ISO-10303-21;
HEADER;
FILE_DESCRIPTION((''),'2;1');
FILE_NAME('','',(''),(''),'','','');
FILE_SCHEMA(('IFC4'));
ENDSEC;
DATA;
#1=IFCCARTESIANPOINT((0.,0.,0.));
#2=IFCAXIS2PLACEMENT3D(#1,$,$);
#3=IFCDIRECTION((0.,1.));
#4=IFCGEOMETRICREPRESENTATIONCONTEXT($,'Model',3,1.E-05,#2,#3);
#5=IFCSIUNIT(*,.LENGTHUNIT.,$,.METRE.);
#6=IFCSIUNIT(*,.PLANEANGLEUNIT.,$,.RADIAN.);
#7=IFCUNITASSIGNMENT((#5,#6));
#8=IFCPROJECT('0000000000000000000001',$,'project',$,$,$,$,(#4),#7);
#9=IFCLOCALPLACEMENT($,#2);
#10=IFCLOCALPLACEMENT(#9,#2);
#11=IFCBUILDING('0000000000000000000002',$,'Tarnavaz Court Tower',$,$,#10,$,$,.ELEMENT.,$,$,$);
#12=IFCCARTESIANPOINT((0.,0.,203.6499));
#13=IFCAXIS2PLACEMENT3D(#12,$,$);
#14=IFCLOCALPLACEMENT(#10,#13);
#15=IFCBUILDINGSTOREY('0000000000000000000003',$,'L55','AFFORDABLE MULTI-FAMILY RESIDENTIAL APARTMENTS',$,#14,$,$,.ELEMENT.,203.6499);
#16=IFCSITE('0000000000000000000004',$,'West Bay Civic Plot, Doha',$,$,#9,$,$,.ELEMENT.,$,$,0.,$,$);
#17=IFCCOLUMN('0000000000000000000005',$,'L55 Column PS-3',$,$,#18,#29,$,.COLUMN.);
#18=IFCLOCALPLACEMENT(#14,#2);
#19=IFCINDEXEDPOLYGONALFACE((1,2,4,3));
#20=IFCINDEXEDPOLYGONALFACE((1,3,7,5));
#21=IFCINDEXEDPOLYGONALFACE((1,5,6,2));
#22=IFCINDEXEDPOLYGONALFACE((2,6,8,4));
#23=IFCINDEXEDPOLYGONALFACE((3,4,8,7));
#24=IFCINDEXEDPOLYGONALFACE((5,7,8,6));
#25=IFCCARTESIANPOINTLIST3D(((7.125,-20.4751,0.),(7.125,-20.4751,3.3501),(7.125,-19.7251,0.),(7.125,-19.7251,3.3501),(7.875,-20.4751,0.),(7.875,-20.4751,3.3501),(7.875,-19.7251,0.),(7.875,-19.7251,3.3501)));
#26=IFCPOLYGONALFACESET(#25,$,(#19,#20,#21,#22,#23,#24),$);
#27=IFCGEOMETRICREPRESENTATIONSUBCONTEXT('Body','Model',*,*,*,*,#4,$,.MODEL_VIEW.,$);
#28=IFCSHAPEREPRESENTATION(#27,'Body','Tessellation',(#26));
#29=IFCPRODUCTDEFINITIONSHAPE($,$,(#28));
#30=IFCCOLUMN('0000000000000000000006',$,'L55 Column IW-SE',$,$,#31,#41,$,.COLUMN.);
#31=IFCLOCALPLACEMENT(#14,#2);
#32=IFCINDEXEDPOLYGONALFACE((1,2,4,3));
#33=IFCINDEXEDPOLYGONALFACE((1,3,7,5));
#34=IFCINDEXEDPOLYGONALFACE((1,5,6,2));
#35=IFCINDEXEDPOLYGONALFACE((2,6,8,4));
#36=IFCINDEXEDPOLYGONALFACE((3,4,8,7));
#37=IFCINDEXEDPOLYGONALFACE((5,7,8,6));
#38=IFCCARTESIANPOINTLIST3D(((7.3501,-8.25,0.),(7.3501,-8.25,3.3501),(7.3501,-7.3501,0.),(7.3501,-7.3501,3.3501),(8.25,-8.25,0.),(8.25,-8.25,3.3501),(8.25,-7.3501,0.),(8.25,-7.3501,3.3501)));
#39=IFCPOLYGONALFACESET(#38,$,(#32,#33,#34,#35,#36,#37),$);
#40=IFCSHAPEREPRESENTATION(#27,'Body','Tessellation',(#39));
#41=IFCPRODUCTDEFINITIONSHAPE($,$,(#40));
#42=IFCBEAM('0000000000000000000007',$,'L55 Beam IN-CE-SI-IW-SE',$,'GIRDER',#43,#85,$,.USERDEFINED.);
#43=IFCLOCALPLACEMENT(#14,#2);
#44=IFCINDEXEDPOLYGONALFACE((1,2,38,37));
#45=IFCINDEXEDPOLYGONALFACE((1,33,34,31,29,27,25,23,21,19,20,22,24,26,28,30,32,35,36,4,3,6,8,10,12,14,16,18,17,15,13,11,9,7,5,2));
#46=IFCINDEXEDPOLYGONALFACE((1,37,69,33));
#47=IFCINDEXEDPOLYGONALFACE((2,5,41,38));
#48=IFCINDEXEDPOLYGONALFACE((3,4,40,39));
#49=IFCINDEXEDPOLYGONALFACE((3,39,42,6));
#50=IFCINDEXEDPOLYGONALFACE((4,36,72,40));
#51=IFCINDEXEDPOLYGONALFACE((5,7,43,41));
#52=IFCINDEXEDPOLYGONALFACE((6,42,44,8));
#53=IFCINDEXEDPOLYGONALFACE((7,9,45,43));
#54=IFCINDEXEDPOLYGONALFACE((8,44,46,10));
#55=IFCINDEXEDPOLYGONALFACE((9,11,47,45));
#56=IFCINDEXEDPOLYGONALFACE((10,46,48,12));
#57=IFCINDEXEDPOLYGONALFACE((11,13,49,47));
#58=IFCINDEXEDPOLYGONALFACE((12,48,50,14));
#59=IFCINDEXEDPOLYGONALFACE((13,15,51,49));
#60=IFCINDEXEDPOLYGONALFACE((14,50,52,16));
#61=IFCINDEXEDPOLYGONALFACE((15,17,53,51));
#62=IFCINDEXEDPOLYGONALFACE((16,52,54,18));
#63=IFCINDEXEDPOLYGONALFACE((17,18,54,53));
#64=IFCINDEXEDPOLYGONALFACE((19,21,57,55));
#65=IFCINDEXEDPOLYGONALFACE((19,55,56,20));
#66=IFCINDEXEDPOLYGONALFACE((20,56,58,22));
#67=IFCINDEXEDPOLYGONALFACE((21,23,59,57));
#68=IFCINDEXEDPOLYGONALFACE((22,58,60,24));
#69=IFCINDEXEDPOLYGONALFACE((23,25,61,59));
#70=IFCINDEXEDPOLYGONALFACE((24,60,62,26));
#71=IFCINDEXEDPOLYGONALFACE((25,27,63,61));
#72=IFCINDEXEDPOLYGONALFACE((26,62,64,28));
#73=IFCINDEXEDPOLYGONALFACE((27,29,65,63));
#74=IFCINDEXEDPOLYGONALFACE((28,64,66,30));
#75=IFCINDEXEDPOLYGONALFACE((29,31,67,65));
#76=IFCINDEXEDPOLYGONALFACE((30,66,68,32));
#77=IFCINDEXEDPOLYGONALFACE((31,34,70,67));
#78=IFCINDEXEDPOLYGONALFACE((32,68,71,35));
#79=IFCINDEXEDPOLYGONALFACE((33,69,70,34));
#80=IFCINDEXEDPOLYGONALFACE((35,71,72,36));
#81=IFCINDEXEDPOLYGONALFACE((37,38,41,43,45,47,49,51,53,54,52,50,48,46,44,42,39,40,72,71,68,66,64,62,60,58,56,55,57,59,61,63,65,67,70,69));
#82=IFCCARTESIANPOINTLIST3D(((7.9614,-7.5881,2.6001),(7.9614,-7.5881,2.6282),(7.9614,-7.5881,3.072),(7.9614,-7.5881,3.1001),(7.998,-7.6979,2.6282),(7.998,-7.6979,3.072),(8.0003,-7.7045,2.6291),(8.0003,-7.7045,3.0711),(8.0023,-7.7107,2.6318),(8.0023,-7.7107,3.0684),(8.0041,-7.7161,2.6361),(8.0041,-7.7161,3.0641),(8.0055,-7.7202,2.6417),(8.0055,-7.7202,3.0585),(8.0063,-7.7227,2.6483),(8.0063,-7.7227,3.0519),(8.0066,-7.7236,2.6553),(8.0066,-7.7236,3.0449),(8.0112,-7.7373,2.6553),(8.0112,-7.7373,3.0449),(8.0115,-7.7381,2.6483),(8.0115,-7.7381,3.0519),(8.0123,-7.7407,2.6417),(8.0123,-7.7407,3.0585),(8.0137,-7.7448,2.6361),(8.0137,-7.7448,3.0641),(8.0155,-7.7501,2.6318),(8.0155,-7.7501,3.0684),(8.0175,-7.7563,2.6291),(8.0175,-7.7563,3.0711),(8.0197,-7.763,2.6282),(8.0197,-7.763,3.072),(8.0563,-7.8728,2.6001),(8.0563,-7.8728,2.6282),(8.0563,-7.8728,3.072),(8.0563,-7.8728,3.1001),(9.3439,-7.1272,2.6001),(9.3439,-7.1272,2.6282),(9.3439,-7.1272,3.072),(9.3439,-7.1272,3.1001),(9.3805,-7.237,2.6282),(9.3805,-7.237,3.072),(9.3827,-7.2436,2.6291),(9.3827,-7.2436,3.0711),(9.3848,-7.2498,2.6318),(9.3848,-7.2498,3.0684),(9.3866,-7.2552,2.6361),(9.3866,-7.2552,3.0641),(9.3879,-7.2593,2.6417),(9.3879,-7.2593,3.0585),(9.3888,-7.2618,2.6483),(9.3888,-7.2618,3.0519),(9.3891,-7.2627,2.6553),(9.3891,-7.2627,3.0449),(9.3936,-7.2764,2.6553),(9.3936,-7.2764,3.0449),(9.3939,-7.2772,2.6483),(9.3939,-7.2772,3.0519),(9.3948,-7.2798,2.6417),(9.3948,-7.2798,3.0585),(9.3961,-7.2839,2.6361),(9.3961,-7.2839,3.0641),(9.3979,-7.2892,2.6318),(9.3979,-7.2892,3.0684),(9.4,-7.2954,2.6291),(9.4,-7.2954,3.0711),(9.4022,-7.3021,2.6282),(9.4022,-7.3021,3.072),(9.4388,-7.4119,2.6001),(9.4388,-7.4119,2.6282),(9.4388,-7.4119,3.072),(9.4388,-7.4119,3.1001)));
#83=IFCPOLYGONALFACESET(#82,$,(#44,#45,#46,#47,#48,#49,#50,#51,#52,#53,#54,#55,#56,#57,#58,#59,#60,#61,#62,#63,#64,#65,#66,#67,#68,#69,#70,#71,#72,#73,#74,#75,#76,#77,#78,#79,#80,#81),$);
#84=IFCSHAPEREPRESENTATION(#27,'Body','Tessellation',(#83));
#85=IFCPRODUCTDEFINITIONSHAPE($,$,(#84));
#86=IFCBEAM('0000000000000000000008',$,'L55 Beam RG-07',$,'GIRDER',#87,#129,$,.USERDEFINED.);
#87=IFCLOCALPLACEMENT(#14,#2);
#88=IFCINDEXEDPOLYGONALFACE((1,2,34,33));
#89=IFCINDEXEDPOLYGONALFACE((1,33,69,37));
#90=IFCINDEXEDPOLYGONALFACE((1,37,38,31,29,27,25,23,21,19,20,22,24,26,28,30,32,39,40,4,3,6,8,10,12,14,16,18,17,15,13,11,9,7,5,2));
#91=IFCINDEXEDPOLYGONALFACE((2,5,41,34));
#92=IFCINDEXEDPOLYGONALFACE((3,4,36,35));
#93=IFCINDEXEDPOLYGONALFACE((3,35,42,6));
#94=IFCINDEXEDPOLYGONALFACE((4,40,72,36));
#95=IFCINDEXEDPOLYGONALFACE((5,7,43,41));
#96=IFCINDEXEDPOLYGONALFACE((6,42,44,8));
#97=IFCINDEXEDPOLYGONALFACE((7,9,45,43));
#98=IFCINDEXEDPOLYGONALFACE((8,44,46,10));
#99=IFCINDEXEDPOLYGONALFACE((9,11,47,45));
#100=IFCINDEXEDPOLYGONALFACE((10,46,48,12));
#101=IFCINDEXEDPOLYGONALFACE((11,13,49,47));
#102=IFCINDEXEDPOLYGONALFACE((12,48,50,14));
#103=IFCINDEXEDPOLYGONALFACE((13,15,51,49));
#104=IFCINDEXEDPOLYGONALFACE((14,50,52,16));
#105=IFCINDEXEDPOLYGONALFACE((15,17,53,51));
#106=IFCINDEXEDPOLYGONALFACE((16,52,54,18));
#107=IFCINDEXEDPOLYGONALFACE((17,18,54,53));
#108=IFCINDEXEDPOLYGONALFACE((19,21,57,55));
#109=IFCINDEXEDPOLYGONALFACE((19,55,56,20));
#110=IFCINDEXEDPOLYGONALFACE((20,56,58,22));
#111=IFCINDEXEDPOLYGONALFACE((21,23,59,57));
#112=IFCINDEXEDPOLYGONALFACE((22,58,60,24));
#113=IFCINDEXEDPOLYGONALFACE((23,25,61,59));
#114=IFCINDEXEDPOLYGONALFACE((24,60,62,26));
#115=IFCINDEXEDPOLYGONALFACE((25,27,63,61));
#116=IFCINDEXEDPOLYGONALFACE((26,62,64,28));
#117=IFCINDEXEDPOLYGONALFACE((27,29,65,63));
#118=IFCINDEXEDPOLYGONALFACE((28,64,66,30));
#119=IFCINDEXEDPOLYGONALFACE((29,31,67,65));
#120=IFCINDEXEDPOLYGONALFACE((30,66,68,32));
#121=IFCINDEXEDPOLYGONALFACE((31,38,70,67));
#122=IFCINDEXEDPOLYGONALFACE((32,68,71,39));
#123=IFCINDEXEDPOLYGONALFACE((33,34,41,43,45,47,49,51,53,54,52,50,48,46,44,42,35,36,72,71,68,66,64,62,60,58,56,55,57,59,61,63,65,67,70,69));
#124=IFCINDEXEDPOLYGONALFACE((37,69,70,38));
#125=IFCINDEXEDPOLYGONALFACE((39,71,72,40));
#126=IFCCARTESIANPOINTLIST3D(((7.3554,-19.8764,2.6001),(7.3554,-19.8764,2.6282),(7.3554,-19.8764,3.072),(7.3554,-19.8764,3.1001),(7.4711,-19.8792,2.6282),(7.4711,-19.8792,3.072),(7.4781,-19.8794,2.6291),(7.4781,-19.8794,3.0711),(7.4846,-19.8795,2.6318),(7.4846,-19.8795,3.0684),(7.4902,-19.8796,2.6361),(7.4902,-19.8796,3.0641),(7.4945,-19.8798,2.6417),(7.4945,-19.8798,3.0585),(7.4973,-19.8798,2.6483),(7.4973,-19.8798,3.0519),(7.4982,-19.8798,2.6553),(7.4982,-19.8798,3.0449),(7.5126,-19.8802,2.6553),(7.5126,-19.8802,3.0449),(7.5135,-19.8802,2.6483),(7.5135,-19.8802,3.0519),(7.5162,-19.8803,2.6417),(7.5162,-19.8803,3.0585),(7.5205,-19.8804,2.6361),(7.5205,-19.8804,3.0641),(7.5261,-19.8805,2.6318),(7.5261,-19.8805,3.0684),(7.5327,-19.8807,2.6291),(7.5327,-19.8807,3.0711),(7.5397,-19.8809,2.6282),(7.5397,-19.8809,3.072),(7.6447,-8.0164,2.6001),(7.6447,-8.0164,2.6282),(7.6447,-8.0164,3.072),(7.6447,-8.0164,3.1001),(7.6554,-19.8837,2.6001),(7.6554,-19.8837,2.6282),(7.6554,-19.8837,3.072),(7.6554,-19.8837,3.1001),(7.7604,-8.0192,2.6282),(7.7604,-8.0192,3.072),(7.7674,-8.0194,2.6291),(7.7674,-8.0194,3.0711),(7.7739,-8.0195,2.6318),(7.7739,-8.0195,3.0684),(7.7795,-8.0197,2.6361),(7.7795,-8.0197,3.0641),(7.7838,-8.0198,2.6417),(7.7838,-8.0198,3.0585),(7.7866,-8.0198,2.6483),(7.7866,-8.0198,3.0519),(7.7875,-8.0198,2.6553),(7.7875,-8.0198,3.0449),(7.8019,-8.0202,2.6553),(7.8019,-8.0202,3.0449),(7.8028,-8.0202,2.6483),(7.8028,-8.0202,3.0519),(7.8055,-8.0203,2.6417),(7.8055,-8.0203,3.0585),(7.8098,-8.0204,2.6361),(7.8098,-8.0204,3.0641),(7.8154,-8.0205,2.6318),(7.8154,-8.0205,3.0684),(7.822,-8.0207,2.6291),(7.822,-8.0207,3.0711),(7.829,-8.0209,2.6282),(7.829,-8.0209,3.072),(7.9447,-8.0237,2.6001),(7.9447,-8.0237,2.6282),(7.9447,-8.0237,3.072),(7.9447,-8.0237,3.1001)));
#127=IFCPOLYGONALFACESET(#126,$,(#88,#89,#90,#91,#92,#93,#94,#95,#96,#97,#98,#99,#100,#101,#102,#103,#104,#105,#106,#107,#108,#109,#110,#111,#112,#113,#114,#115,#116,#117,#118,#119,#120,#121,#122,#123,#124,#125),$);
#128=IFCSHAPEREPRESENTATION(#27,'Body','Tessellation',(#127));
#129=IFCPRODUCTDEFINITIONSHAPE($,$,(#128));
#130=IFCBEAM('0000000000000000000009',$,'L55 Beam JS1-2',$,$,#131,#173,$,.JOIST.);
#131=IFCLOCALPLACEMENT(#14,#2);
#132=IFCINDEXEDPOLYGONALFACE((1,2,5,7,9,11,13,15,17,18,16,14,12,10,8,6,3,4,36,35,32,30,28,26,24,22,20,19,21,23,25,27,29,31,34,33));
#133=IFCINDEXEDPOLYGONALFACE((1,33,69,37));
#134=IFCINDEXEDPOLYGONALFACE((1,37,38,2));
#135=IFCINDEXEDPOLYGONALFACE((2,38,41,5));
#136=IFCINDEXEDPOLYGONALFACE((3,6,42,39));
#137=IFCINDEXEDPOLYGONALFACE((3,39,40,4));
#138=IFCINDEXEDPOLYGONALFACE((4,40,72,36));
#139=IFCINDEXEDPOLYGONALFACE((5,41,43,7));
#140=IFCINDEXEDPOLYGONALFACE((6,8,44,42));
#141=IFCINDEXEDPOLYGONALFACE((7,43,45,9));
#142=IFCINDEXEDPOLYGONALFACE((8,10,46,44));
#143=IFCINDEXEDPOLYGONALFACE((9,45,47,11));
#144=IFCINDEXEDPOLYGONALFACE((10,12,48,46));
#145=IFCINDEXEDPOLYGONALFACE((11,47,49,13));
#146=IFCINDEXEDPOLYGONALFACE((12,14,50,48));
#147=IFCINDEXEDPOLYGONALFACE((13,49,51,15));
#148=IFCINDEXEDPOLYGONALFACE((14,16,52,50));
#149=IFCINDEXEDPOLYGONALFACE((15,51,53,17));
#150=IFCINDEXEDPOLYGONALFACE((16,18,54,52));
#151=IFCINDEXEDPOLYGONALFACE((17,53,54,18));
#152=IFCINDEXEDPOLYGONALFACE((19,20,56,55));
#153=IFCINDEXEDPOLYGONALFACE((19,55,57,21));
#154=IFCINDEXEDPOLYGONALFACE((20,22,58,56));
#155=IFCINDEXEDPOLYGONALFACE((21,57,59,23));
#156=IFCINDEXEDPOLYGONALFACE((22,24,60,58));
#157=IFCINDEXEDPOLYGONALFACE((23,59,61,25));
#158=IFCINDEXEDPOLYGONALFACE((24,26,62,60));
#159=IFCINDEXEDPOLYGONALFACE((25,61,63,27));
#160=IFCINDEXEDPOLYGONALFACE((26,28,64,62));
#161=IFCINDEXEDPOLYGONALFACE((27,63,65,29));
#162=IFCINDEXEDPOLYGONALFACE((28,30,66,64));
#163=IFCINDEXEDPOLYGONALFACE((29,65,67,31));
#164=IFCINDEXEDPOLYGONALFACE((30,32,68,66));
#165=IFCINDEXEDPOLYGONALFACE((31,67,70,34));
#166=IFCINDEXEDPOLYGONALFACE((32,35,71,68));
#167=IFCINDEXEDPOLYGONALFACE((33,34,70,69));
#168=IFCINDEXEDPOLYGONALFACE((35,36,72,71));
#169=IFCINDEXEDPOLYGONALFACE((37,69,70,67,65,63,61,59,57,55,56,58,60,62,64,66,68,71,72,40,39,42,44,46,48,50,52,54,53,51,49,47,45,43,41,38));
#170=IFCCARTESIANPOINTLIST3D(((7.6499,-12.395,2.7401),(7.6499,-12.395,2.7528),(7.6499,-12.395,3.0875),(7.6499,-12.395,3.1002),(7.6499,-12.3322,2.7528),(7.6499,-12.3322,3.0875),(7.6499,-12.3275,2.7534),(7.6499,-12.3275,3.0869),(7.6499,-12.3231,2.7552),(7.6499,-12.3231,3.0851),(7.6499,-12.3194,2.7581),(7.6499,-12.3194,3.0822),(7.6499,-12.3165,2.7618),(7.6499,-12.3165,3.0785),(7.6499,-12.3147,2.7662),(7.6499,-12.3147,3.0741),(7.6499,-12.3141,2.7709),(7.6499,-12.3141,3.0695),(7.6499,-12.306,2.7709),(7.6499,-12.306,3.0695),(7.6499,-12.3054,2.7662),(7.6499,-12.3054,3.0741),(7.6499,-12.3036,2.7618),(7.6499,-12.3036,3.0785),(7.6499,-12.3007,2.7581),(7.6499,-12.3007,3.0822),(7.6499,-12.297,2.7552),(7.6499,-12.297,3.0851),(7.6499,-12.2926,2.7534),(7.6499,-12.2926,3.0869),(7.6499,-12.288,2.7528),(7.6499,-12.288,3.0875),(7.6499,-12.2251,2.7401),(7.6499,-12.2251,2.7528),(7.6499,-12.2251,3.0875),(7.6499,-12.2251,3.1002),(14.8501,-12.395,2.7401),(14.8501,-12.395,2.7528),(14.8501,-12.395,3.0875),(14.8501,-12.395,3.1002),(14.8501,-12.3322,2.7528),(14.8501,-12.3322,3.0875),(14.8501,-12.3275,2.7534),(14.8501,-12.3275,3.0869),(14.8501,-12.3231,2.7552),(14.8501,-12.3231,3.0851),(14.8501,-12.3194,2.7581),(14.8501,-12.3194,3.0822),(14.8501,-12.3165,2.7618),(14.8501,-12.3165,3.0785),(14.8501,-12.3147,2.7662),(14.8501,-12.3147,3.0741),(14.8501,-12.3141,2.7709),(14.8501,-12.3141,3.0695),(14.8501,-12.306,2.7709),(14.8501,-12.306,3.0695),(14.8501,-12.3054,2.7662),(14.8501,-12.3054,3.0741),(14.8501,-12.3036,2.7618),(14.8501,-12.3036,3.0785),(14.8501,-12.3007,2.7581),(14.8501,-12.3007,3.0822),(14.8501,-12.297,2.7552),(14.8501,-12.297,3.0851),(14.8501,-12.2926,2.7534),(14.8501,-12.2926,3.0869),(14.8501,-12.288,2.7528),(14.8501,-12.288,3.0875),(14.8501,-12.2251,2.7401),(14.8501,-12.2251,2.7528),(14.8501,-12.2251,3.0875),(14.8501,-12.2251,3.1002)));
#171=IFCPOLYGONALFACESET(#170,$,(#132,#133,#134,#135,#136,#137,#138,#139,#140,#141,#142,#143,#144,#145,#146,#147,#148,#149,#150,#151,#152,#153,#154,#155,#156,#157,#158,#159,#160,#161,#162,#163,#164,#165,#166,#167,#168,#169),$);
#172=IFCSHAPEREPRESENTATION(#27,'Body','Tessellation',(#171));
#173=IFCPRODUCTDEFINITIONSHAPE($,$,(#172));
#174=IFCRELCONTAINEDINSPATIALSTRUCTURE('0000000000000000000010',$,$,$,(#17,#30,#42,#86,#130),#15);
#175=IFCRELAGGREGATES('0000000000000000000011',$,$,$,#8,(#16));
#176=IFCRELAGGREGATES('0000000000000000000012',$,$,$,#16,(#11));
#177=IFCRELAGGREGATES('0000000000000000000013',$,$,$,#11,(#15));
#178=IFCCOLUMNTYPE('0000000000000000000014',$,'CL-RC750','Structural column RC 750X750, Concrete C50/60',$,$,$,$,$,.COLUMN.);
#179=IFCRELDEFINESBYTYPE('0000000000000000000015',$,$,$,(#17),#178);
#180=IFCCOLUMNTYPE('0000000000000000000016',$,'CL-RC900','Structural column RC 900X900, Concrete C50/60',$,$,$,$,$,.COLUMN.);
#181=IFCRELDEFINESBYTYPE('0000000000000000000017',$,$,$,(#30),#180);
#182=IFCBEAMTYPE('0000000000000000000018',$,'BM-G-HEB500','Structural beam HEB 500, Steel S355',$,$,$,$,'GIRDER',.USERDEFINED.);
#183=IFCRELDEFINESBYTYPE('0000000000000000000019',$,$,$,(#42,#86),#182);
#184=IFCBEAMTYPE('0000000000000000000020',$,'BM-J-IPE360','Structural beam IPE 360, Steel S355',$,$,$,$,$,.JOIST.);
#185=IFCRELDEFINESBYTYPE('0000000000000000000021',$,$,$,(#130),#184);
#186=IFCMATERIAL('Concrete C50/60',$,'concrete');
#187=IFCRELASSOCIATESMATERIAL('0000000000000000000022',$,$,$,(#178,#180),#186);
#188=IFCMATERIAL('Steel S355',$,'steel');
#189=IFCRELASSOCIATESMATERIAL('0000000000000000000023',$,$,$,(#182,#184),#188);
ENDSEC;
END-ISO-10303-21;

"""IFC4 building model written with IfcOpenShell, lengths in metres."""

from ifc_helpers import new_model, si_unit, direction, frame, origin, origin_2d, place, context, subcontext, project, spatial, rectangle, i_section, extrude, material, material_profile, profile_set, type_object, element, save


model = new_model("IFC4")

# Units and contexts
model_context = context("Model", 3, precision=1e-05, world=origin(), true_north=direction((0.0, 1.0)))
body_context = subcontext(model_context, "Body", "Model", "MODEL_VIEW")
ifc_project = project(units=[si_unit("LENGTHUNIT", "METRE"), si_unit("PLANEANGLEUNIT", "RADIAN")], contexts=[model_context])

# Site, building, storey
site_placement = place(None, origin())
site = spatial("IfcSite", under=ifc_project, at=site_placement, Name="West Bay Civic Plot, Doha", CompositionType="ELEMENT", RefElevation=0.0)
building_placement = place(site_placement, origin())
building = spatial("IfcBuilding", under=site, at=building_placement, Name="Tarnavaz Court Tower", CompositionType="ELEMENT")
storey_placement = place(building_placement, frame((0.0, 0.0, 203.6499)))
storey = spatial("IfcBuildingStorey", under=building, at=storey_placement, Name="L55", Description="AFFORDABLE MULTI-FAMILY RESIDENTIAL APARTMENTS", CompositionType="ELEMENT", Elevation=203.6499)

# Columns
ifc_material_1 = material(Name="Concrete C50/60", Category="concrete")
ifc_material_profile_1 = material_profile(ifc_material_1, rectangle(XDim=0.75, YDim=0.75, at=origin_2d()), Name="RC 750X750")
ifc_profile_set_1 = profile_set([ifc_material_profile_1], Name="Concrete C50/60")
column_type_1 = type_object("IfcColumnType", Name="CL-RC750", Description="Structural column RC 750X750, Concrete C50/60", PredefinedType="COLUMN", material=ifc_profile_set_1)
column_1_placement = place(storey_placement, frame((7.5, -20.1001, 0.0), z_axis=(0.0, 0.0, 1.0), x_axis=(1.0, 0.0, 0.0)))
element("IfcColumn", 1, at=column_1_placement, inside=storey, type_object=column_type_1, Name="L55 Column PS-3", PredefinedType="COLUMN", context=body_context, shape_type="SweptSolid", body=[
    extrude(rectangle(XDim=0.75, YDim=0.75, at=origin_2d()), origin(), (0.0, 0.0, 1.0), 3.3501),
])
ifc_material_profile_2 = material_profile(ifc_material_1, rectangle(XDim=0.8999, YDim=0.8999, at=origin_2d()), Name="RC 900X900")
ifc_profile_set_2 = profile_set([ifc_material_profile_2], Name="Concrete C50/60")
column_type_2 = type_object("IfcColumnType", Name="CL-RC900", Description="Structural column RC 900X900, Concrete C50/60", PredefinedType="COLUMN", material=ifc_profile_set_2)
column_2_placement = place(storey_placement, frame((7.8, -7.8, 0.0), z_axis=(0.0, 0.0, 1.0), x_axis=(1.0, 0.0, 0.0)))
element("IfcColumn", 2, at=column_2_placement, inside=storey, type_object=column_type_2, Name="L55 Column IW-SE", PredefinedType="COLUMN", context=body_context, shape_type="SweptSolid", body=[
    extrude(rectangle(XDim=0.8999, YDim=0.8999, at=origin_2d()), origin(), (0.0, 0.0, 1.0), 3.3501),
])

# Beams
ifc_material_2 = material(Name="Steel S355", Category="steel")
ifc_material_profile_3 = material_profile(ifc_material_2, i_section(OverallWidth=0.3, OverallDepth=0.5, WebThickness=0.0144, FlangeThickness=0.0281, FilletRadius=0.0271, at=origin_2d()), Name="HEB 500")
ifc_profile_set_3 = profile_set([ifc_material_profile_3], Name="Steel S355")
beam_type_1 = type_object("IfcBeamType", Name="BM-G-HEB500", Description="Structural beam HEB 500, Steel S355", ElementType="GIRDER", PredefinedType="USERDEFINED", material=ifc_profile_set_3)
beam_1_placement = place(storey_placement, frame((9.3914, -7.2695, 2.8501), z_axis=(-0.948667, -0.316278, 0.0), x_axis=(0.316278, -0.948667, 0.0)))
element("IfcBeam", 3, at=beam_1_placement, inside=storey, type_object=beam_type_1, Name="L55 Beam IN-CE-SI-IW-SE", ObjectType="GIRDER", PredefinedType="USERDEFINED", context=body_context, shape_type="SweptSolid", body=[
    extrude(i_section(OverallWidth=0.3, OverallDepth=0.5, WebThickness=0.0144, FlangeThickness=0.0281, FilletRadius=0.0271, at=origin_2d()), origin(), (0.0, 0.0, 1.0), 1.4573),
])
beam_2_placement = place(storey_placement, frame((7.7947, -8.02, 2.8501), z_axis=(-0.024386, -0.999703, 0.0), x_axis=(0.999703, -0.024386, 0.0)))
element("IfcBeam", 4, at=beam_2_placement, inside=storey, type_object=beam_type_1, Name="L55 Beam RG-07", ObjectType="GIRDER", PredefinedType="USERDEFINED", context=body_context, shape_type="SweptSolid", body=[
    extrude(i_section(OverallWidth=0.3, OverallDepth=0.5, WebThickness=0.0144, FlangeThickness=0.0281, FilletRadius=0.0271, at=origin_2d()), origin(), (0.0, 0.0, 1.0), 11.8635),
])
ifc_material_profile_4 = material_profile(ifc_material_2, i_section(OverallWidth=0.1699, OverallDepth=0.3601, WebThickness=0.0081, FlangeThickness=0.0127, FilletRadius=0.0181, at=origin_2d()), Name="IPE 360")
ifc_profile_set_4 = profile_set([ifc_material_profile_4], Name="Steel S355")
beam_type_2 = type_object("IfcBeamType", Name="BM-J-IPE360", Description="Structural beam IPE 360, Steel S355", PredefinedType="JOIST", material=ifc_profile_set_4)
for number, where, z_axis, x_axis, name in (
    (5, (7.6499, -12.3101, 2.9202), (1.0, 0.0, 0.0), (0.0, 1.0, 0.0), "L55 Beam JS1-2"),
):
    element("IfcBeam", number, at=place(storey_placement, frame(where, z_axis=z_axis, x_axis=x_axis)), inside=storey, type_object=beam_type_2, Name=name, PredefinedType="JOIST", context=body_context, shape_type="SweptSolid", body=[
        extrude(i_section(OverallWidth=0.1699, OverallDepth=0.3601, WebThickness=0.0081, FlangeThickness=0.0127, FilletRadius=0.0181, at=origin_2d()), origin(), (0.0, 0.0, 1.0), 7.2002),
    ])

save(model, "model.ifc")
